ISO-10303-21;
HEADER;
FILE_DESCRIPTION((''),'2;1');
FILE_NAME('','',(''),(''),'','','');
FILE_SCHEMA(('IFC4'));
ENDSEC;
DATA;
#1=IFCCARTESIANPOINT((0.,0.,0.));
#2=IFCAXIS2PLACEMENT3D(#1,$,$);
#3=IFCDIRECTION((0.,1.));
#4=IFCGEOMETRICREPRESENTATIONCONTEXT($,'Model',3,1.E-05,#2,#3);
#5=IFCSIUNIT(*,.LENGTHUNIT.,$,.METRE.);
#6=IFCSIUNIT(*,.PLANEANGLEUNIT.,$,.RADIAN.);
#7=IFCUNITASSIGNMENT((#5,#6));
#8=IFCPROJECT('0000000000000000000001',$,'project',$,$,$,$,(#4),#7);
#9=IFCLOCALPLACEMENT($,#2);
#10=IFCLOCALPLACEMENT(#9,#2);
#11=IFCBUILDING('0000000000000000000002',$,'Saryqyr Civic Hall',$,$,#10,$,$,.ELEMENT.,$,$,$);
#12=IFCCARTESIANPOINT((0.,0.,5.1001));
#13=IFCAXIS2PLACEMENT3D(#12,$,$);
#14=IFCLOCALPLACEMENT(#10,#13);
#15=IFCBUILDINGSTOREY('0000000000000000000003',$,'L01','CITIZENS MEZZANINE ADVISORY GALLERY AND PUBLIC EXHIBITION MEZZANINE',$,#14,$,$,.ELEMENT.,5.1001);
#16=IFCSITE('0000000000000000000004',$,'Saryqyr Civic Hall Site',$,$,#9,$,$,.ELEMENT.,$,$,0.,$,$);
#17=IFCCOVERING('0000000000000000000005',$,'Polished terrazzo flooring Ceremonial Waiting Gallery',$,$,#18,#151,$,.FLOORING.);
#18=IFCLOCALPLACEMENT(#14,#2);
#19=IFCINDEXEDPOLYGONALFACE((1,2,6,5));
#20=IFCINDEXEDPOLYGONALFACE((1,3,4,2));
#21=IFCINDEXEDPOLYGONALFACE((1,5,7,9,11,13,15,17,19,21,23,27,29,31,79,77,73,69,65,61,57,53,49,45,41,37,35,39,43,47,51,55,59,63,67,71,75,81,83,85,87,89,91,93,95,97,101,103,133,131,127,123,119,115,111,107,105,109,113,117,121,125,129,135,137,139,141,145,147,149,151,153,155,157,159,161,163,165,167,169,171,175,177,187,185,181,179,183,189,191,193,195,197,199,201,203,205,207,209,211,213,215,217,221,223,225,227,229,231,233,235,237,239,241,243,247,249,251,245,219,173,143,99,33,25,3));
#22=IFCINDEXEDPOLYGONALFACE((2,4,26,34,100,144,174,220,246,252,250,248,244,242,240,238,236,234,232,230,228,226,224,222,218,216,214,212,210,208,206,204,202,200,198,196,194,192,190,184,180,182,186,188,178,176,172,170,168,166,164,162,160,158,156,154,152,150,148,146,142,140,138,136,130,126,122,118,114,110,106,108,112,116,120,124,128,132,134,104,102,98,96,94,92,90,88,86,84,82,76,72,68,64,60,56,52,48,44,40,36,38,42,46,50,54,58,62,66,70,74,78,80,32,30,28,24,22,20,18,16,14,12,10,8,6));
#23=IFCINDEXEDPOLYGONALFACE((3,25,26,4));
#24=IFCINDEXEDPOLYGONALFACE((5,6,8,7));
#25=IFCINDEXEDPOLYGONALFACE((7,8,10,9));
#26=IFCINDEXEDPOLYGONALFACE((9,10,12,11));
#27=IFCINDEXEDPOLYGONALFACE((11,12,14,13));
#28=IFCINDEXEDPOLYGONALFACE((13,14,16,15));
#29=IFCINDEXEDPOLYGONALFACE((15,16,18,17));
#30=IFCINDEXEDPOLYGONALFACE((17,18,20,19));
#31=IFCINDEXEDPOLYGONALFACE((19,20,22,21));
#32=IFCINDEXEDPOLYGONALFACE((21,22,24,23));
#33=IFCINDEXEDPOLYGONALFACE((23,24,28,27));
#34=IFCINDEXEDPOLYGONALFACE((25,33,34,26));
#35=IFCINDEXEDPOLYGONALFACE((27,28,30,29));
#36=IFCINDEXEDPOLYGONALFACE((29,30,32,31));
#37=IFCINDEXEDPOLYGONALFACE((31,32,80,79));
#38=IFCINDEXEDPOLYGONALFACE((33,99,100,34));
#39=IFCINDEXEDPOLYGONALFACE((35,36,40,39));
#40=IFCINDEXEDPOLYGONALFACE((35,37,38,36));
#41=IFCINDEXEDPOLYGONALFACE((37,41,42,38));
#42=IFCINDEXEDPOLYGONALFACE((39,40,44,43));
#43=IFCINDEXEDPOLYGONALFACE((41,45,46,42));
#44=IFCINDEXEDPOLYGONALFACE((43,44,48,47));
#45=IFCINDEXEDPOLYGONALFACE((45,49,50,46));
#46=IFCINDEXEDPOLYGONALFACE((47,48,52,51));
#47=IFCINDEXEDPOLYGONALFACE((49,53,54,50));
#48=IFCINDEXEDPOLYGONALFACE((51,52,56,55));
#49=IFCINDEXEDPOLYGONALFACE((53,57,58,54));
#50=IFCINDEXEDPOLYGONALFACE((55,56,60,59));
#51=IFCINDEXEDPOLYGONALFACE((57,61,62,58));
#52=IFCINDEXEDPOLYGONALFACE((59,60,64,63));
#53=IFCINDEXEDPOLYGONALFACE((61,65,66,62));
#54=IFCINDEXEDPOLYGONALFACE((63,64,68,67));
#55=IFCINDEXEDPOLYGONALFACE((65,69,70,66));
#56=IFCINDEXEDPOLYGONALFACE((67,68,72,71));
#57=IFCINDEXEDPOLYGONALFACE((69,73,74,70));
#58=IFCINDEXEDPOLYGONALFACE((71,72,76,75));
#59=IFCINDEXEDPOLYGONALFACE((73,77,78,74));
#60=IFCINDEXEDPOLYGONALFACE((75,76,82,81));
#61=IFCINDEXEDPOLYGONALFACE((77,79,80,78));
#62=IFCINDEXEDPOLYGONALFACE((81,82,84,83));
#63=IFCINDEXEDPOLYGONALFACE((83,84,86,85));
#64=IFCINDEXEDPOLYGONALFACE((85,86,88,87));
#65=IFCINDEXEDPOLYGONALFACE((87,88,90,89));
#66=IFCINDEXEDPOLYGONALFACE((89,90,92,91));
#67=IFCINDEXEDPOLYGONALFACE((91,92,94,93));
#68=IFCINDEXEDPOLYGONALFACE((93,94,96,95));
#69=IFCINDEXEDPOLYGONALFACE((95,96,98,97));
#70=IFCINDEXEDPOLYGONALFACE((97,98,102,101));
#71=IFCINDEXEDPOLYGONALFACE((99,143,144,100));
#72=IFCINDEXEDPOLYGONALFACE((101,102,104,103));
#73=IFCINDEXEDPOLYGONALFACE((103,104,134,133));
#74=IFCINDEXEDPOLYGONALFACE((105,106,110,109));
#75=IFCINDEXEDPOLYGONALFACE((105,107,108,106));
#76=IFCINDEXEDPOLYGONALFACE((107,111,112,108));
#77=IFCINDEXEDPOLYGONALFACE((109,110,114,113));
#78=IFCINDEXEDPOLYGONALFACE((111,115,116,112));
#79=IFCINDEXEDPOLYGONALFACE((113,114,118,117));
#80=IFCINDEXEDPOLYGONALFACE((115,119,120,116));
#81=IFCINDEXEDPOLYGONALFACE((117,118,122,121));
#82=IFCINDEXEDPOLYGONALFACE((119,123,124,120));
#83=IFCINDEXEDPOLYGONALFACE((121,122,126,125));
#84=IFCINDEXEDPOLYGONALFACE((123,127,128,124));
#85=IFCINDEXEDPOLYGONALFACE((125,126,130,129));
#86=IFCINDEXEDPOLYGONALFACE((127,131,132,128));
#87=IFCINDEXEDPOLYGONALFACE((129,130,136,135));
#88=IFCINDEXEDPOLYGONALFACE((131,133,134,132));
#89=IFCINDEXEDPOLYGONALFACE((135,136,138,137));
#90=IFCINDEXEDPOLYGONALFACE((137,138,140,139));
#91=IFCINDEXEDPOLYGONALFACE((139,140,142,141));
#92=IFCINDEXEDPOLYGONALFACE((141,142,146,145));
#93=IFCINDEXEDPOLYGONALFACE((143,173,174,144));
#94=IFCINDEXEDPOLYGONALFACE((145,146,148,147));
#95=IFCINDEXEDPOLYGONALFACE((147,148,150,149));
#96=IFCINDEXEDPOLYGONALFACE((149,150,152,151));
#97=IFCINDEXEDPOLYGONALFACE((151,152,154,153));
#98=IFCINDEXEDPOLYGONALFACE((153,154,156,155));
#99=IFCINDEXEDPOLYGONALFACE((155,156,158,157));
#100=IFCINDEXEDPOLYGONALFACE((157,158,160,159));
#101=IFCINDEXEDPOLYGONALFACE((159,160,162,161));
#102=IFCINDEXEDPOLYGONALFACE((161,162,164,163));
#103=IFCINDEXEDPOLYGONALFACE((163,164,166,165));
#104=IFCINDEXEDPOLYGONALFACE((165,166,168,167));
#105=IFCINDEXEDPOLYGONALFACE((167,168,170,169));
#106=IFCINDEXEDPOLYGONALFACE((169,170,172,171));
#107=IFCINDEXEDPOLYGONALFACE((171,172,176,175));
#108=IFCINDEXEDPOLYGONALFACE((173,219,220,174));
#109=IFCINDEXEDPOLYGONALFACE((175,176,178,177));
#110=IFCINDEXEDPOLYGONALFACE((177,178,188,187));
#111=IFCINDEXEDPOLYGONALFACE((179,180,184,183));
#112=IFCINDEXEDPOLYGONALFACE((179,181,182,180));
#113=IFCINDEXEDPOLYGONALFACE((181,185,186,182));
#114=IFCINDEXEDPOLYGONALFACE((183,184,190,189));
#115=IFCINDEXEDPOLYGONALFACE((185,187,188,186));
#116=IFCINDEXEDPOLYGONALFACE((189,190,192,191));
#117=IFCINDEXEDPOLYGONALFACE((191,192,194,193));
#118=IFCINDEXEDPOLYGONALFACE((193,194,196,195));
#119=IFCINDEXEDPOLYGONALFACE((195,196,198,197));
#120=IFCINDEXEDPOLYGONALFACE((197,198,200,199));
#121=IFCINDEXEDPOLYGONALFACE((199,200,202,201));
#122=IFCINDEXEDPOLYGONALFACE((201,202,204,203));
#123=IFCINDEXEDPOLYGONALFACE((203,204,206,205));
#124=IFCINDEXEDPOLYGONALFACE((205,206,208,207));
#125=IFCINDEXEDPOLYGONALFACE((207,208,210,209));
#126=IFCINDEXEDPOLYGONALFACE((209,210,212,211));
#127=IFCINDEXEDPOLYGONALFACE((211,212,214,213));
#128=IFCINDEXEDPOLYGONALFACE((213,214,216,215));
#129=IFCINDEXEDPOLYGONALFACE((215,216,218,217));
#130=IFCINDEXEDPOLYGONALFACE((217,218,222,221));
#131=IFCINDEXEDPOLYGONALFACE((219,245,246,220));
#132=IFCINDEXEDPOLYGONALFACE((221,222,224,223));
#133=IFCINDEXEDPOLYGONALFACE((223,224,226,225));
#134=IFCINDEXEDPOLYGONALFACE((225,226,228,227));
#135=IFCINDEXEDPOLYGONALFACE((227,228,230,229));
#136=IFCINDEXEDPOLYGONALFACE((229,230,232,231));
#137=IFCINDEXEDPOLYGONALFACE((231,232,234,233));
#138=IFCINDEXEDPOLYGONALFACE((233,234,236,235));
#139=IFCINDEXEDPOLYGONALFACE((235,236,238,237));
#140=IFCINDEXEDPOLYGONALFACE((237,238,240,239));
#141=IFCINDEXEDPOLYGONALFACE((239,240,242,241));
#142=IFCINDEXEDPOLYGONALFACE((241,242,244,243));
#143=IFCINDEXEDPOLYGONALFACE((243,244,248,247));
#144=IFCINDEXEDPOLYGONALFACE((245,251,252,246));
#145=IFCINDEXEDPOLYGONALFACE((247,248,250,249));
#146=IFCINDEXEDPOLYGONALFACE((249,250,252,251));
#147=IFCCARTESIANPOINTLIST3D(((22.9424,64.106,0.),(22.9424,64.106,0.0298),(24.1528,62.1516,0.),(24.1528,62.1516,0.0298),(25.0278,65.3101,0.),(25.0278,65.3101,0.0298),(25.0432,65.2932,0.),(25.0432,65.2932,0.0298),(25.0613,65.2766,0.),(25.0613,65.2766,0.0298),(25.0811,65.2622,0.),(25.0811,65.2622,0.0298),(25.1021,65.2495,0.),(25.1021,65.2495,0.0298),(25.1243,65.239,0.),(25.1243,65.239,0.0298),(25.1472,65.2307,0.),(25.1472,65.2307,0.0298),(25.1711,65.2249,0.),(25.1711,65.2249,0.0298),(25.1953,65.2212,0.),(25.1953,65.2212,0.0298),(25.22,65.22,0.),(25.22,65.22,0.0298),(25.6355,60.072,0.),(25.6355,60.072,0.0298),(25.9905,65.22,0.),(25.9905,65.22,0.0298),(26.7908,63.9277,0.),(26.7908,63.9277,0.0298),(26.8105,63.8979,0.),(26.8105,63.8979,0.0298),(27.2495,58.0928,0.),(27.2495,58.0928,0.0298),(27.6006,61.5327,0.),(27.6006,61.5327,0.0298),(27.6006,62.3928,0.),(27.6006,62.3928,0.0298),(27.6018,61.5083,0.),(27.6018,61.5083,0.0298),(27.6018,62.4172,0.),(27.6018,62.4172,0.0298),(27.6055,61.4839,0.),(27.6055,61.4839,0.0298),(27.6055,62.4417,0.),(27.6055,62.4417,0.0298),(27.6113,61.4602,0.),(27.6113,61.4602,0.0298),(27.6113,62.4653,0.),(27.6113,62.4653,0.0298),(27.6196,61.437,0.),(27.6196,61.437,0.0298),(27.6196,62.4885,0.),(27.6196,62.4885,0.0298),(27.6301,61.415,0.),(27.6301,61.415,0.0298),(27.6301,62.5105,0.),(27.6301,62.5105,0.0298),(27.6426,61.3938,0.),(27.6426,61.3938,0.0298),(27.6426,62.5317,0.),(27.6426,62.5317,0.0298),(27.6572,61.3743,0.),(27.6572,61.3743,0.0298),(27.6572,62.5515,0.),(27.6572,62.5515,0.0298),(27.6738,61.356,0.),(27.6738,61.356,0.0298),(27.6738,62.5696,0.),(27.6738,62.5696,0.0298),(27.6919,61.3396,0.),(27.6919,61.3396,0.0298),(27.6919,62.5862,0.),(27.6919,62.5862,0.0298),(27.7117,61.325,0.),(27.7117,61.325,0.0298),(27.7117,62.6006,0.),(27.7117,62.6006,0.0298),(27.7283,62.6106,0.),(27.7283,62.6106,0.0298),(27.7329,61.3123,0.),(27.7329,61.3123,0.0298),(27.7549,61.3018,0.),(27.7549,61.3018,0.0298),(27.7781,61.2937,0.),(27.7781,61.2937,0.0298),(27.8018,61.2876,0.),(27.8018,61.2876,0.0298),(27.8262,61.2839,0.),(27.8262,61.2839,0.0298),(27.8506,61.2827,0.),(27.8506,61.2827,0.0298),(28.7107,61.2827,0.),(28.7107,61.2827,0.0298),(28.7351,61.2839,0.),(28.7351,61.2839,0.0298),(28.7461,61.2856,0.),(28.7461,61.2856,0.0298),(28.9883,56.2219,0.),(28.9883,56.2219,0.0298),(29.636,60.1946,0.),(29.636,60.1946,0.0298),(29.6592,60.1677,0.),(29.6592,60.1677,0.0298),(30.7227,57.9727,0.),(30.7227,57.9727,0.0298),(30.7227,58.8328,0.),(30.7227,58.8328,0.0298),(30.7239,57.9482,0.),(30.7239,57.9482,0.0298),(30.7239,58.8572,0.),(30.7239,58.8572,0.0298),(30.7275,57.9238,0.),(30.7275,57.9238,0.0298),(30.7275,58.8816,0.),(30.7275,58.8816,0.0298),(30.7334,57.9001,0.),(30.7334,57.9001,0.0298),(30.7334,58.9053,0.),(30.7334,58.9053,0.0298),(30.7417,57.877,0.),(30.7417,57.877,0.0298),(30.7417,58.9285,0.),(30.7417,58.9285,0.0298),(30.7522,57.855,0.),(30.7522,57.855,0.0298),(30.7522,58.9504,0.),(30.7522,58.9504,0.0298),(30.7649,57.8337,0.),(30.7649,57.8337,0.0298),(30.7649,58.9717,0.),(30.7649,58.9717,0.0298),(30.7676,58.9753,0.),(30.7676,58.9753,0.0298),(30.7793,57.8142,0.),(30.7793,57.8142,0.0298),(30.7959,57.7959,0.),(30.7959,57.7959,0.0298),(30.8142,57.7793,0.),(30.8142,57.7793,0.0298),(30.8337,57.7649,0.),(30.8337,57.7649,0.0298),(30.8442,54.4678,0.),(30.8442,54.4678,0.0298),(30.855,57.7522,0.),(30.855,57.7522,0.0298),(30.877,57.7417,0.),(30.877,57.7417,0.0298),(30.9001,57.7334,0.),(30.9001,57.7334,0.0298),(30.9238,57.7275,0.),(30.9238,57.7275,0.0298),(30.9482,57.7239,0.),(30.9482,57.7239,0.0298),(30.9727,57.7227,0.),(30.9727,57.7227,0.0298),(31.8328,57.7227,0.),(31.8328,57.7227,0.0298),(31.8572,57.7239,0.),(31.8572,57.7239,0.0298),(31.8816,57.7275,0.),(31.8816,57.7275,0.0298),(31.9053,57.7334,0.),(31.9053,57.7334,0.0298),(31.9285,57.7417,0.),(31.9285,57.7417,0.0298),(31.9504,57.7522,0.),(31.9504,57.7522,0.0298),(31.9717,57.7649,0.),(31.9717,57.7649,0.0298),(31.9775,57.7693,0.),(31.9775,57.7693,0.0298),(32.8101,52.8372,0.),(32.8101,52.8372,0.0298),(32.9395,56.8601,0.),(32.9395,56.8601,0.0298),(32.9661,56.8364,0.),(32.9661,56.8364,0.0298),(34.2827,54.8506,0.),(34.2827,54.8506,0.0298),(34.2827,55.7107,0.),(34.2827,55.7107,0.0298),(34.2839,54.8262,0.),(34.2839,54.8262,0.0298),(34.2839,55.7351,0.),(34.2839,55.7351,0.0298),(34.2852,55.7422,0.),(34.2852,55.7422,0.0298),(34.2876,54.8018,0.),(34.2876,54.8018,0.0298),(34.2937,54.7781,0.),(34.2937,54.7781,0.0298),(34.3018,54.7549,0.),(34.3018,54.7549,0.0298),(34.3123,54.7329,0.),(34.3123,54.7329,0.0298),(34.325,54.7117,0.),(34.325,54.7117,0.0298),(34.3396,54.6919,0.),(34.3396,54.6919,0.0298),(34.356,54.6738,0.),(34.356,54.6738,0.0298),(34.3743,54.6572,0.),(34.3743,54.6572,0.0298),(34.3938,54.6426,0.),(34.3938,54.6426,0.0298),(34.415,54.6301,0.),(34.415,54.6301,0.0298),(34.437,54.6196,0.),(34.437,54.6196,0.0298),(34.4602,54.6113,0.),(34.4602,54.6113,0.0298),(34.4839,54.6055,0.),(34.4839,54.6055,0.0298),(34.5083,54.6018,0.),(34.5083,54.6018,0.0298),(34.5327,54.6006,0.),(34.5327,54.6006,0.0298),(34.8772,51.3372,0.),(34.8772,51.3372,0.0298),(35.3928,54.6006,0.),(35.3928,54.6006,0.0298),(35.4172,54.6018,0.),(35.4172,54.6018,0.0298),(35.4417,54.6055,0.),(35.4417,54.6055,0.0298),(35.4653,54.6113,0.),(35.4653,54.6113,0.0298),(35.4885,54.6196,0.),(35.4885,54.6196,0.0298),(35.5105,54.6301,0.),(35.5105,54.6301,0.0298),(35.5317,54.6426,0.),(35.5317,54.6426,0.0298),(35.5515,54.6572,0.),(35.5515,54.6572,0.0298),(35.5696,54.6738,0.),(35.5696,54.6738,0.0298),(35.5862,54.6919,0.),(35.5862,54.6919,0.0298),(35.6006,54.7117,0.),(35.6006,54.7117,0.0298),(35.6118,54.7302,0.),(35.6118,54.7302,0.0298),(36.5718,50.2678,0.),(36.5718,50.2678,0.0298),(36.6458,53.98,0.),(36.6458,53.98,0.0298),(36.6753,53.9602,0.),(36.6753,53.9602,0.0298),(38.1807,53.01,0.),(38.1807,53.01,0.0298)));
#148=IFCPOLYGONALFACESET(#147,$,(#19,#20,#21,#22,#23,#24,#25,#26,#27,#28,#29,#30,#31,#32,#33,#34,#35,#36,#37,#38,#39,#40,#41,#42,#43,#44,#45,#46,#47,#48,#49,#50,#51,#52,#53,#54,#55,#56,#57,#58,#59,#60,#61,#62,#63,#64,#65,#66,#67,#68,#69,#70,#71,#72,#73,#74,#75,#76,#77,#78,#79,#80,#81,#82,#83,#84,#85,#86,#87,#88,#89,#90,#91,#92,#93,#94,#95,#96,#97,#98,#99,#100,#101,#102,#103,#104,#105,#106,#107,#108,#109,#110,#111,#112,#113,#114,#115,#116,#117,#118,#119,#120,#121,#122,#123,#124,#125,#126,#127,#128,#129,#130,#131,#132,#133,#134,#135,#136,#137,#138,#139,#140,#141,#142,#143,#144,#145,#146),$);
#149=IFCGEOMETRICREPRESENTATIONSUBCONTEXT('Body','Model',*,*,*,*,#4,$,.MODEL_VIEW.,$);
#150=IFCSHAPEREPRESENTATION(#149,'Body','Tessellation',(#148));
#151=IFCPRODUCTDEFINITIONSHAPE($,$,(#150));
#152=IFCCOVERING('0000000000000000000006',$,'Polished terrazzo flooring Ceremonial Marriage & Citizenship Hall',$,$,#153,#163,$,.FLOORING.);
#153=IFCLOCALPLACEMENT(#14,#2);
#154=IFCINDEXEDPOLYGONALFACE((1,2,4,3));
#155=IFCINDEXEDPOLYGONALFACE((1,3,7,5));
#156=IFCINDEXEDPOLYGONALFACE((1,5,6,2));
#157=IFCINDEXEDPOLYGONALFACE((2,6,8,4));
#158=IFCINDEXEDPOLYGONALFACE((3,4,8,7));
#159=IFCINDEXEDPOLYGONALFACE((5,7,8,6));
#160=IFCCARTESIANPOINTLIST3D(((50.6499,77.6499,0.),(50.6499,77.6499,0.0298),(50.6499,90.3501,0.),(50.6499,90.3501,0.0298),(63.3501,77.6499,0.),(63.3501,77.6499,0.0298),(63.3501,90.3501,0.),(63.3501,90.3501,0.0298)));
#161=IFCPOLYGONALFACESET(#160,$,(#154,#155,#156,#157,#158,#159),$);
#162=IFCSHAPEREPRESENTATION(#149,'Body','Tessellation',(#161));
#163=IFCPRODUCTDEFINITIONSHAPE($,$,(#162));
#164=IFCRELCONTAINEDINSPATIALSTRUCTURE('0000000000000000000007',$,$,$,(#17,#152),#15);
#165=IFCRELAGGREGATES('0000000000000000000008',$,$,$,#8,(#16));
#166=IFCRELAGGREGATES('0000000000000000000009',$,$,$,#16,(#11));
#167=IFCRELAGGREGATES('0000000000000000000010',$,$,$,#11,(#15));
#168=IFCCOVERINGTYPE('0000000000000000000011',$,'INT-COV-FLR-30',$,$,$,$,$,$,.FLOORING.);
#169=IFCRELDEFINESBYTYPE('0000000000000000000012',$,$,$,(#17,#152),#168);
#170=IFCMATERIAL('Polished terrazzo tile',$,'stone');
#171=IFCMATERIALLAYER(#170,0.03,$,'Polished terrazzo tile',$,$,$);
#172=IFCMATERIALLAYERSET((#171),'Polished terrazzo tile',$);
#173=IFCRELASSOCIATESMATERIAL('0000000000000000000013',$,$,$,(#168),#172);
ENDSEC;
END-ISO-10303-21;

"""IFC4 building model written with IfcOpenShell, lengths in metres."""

from ifc_helpers import new_model, si_unit, direction, frame, origin, place, context, subcontext, project, spatial, polyline, outline, extrude, material, layer, layer_set, type_object, element, save


model = new_model("IFC4")

# Units and contexts
model_context = context("Model", 3, precision=1e-05, world=origin(), true_north=direction((0.0, 1.0)))
body_context = subcontext(model_context, "Body", "Model", "MODEL_VIEW")
ifc_project = project(units=[si_unit("LENGTHUNIT", "METRE"), si_unit("PLANEANGLEUNIT", "RADIAN")], contexts=[model_context])

# Site, building, storey
site_placement = place(None, origin())
site = spatial("IfcSite", under=ifc_project, at=site_placement, Name="Saryqyr Civic Hall Site", CompositionType="ELEMENT", RefElevation=0.0)
building_placement = place(site_placement, origin())
building = spatial("IfcBuilding", under=site, at=building_placement, Name="Saryqyr Civic Hall", CompositionType="ELEMENT")
storey_placement = place(building_placement, frame((0.0, 0.0, 5.1001)))
storey = spatial("IfcBuildingStorey", under=building, at=storey_placement, Name="L01", Description="CITIZENS MEZZANINE ADVISORY GALLERY AND PUBLIC EXHIBITION MEZZANINE", CompositionType="ELEMENT", Elevation=5.1001)

# Coverings
ifc_material_1 = material(Name="Polished terrazzo tile", Category="stone")
ifc_layer_1 = layer(ifc_material_1, 0.03, Name="Polished terrazzo tile")
ifc_layer_set_1 = layer_set([ifc_layer_1], Name="Polished terrazzo tile")
covering_type = type_object("IfcCoveringType", Name="INT-COV-FLR-30", PredefinedType="FLOORING", material=ifc_layer_set_1)
covering_1_placement = place(storey_placement, origin())
element("IfcCovering", 1, at=covering_1_placement, inside=storey, type_object=covering_type, Name="Polished terrazzo flooring Ceremonial Waiting Gallery", PredefinedType="FLOORING", context=body_context, shape_type="SweptSolid", body=[
    extrude(outline(polyline([(25.0432, 65.2932), (25.0613, 65.2766), (25.0811, 65.2622), (25.1021, 65.2495), (25.1243, 65.239), (25.1472, 65.2307), (25.1711, 65.2249), (25.1953, 65.2212), (25.22, 65.22), (25.9905, 65.22), (26.7908, 63.9277), (26.8105, 63.8979), (27.7283, 62.6106), (27.7117, 62.6006), (27.6919, 62.5862), (27.6738, 62.5696), (27.6572, 62.5515), (27.6426, 62.5317), (27.6301, 62.5105), (27.6196, 62.4885), (27.6113, 62.4653), (27.6055, 62.4417), (27.6018, 62.4172), (27.6006, 62.3928), (27.6006, 61.5327), (27.6018, 61.5083), (27.6055, 61.4839), (27.6113, 61.4602), (27.6196, 61.437), (27.6301, 61.415), (27.6426, 61.3938), (27.6572, 61.3743), (27.6738, 61.356), (27.6919, 61.3396), (27.7117, 61.325), (27.7329, 61.3123), (27.7549, 61.3018), (27.7781, 61.2937), (27.8018, 61.2876), (27.8262, 61.2839), (27.8506, 61.2827), (28.7107, 61.2827), (28.7351, 61.2839), (28.7461, 61.2856), (29.636, 60.1946), (29.6592, 60.1677), (30.7676, 58.9753), (30.7649, 58.9717), (30.7522, 58.9504), (30.7417, 58.9285), (30.7334, 58.9053), (30.7275, 58.8816), (30.7239, 58.8572), (30.7227, 58.8328), (30.7227, 57.9727), (30.7239, 57.9482), (30.7275, 57.9238), (30.7334, 57.9001), (30.7417, 57.877), (30.7522, 57.855), (30.7649, 57.8337), (30.7793, 57.8142), (30.7959, 57.7959), (30.8142, 57.7793), (30.8337, 57.7649), (30.855, 57.7522), (30.877, 57.7417), (30.9001, 57.7334), (30.9238, 57.7275), (30.9482, 57.7239), (30.9727, 57.7227), (31.8328, 57.7227), (31.8572, 57.7239), (31.8816, 57.7275), (31.9053, 57.7334), (31.9285, 57.7417), (31.9504, 57.7522), (31.9717, 57.7649), (31.9775, 57.7693), (32.9395, 56.8601), (32.9661, 56.8364), (34.2852, 55.7422), (34.2839, 55.7351), (34.2827, 55.7107), (34.2827, 54.8506), (34.2839, 54.8262), (34.2876, 54.8018), (34.2937, 54.7781), (34.3018, 54.7549), (34.3123, 54.7329), (34.325, 54.7117), (34.3396, 54.6919), (34.356, 54.6738), (34.3743, 54.6572), (34.3938, 54.6426), (34.415, 54.6301), (34.437, 54.6196), (34.4602, 54.6113), (34.4839, 54.6055), (34.5083, 54.6018), (34.5327, 54.6006), (35.3928, 54.6006), (35.4172, 54.6018), (35.4417, 54.6055), (35.4653, 54.6113), (35.4885, 54.6196), (35.5105, 54.6301), (35.5317, 54.6426), (35.5515, 54.6572), (35.5696, 54.6738), (35.5862, 54.6919), (35.6006, 54.7117), (35.6118, 54.7302), (36.6458, 53.98), (36.6753, 53.9602), (38.1807, 53.01), (36.5718, 50.2678), (34.8772, 51.3372), (32.8101, 52.8372), (30.8442, 54.4678), (28.9883, 56.2219), (27.2495, 58.0928), (25.6355, 60.072), (24.1528, 62.1516), (22.9424, 64.106), (25.0278, 65.3101), (25.0432, 65.2932)])), origin(), (0.0, 0.0, 1.0), 0.0298),
])
covering_2_placement = place(storey_placement, origin())
element("IfcCovering", 2, at=covering_2_placement, inside=storey, type_object=covering_type, Name="Polished terrazzo flooring Ceremonial Marriage & Citizenship Hall", PredefinedType="FLOORING", context=body_context, shape_type="SweptSolid", body=[
    extrude(outline(polyline([(50.6499, 77.6499), (50.6499, 90.3501), (63.3501, 90.3501), (63.3501, 77.6499), (50.6499, 77.6499)])), origin(), (0.0, 0.0, 1.0), 0.0298),
])

save(model, "model.ifc")
